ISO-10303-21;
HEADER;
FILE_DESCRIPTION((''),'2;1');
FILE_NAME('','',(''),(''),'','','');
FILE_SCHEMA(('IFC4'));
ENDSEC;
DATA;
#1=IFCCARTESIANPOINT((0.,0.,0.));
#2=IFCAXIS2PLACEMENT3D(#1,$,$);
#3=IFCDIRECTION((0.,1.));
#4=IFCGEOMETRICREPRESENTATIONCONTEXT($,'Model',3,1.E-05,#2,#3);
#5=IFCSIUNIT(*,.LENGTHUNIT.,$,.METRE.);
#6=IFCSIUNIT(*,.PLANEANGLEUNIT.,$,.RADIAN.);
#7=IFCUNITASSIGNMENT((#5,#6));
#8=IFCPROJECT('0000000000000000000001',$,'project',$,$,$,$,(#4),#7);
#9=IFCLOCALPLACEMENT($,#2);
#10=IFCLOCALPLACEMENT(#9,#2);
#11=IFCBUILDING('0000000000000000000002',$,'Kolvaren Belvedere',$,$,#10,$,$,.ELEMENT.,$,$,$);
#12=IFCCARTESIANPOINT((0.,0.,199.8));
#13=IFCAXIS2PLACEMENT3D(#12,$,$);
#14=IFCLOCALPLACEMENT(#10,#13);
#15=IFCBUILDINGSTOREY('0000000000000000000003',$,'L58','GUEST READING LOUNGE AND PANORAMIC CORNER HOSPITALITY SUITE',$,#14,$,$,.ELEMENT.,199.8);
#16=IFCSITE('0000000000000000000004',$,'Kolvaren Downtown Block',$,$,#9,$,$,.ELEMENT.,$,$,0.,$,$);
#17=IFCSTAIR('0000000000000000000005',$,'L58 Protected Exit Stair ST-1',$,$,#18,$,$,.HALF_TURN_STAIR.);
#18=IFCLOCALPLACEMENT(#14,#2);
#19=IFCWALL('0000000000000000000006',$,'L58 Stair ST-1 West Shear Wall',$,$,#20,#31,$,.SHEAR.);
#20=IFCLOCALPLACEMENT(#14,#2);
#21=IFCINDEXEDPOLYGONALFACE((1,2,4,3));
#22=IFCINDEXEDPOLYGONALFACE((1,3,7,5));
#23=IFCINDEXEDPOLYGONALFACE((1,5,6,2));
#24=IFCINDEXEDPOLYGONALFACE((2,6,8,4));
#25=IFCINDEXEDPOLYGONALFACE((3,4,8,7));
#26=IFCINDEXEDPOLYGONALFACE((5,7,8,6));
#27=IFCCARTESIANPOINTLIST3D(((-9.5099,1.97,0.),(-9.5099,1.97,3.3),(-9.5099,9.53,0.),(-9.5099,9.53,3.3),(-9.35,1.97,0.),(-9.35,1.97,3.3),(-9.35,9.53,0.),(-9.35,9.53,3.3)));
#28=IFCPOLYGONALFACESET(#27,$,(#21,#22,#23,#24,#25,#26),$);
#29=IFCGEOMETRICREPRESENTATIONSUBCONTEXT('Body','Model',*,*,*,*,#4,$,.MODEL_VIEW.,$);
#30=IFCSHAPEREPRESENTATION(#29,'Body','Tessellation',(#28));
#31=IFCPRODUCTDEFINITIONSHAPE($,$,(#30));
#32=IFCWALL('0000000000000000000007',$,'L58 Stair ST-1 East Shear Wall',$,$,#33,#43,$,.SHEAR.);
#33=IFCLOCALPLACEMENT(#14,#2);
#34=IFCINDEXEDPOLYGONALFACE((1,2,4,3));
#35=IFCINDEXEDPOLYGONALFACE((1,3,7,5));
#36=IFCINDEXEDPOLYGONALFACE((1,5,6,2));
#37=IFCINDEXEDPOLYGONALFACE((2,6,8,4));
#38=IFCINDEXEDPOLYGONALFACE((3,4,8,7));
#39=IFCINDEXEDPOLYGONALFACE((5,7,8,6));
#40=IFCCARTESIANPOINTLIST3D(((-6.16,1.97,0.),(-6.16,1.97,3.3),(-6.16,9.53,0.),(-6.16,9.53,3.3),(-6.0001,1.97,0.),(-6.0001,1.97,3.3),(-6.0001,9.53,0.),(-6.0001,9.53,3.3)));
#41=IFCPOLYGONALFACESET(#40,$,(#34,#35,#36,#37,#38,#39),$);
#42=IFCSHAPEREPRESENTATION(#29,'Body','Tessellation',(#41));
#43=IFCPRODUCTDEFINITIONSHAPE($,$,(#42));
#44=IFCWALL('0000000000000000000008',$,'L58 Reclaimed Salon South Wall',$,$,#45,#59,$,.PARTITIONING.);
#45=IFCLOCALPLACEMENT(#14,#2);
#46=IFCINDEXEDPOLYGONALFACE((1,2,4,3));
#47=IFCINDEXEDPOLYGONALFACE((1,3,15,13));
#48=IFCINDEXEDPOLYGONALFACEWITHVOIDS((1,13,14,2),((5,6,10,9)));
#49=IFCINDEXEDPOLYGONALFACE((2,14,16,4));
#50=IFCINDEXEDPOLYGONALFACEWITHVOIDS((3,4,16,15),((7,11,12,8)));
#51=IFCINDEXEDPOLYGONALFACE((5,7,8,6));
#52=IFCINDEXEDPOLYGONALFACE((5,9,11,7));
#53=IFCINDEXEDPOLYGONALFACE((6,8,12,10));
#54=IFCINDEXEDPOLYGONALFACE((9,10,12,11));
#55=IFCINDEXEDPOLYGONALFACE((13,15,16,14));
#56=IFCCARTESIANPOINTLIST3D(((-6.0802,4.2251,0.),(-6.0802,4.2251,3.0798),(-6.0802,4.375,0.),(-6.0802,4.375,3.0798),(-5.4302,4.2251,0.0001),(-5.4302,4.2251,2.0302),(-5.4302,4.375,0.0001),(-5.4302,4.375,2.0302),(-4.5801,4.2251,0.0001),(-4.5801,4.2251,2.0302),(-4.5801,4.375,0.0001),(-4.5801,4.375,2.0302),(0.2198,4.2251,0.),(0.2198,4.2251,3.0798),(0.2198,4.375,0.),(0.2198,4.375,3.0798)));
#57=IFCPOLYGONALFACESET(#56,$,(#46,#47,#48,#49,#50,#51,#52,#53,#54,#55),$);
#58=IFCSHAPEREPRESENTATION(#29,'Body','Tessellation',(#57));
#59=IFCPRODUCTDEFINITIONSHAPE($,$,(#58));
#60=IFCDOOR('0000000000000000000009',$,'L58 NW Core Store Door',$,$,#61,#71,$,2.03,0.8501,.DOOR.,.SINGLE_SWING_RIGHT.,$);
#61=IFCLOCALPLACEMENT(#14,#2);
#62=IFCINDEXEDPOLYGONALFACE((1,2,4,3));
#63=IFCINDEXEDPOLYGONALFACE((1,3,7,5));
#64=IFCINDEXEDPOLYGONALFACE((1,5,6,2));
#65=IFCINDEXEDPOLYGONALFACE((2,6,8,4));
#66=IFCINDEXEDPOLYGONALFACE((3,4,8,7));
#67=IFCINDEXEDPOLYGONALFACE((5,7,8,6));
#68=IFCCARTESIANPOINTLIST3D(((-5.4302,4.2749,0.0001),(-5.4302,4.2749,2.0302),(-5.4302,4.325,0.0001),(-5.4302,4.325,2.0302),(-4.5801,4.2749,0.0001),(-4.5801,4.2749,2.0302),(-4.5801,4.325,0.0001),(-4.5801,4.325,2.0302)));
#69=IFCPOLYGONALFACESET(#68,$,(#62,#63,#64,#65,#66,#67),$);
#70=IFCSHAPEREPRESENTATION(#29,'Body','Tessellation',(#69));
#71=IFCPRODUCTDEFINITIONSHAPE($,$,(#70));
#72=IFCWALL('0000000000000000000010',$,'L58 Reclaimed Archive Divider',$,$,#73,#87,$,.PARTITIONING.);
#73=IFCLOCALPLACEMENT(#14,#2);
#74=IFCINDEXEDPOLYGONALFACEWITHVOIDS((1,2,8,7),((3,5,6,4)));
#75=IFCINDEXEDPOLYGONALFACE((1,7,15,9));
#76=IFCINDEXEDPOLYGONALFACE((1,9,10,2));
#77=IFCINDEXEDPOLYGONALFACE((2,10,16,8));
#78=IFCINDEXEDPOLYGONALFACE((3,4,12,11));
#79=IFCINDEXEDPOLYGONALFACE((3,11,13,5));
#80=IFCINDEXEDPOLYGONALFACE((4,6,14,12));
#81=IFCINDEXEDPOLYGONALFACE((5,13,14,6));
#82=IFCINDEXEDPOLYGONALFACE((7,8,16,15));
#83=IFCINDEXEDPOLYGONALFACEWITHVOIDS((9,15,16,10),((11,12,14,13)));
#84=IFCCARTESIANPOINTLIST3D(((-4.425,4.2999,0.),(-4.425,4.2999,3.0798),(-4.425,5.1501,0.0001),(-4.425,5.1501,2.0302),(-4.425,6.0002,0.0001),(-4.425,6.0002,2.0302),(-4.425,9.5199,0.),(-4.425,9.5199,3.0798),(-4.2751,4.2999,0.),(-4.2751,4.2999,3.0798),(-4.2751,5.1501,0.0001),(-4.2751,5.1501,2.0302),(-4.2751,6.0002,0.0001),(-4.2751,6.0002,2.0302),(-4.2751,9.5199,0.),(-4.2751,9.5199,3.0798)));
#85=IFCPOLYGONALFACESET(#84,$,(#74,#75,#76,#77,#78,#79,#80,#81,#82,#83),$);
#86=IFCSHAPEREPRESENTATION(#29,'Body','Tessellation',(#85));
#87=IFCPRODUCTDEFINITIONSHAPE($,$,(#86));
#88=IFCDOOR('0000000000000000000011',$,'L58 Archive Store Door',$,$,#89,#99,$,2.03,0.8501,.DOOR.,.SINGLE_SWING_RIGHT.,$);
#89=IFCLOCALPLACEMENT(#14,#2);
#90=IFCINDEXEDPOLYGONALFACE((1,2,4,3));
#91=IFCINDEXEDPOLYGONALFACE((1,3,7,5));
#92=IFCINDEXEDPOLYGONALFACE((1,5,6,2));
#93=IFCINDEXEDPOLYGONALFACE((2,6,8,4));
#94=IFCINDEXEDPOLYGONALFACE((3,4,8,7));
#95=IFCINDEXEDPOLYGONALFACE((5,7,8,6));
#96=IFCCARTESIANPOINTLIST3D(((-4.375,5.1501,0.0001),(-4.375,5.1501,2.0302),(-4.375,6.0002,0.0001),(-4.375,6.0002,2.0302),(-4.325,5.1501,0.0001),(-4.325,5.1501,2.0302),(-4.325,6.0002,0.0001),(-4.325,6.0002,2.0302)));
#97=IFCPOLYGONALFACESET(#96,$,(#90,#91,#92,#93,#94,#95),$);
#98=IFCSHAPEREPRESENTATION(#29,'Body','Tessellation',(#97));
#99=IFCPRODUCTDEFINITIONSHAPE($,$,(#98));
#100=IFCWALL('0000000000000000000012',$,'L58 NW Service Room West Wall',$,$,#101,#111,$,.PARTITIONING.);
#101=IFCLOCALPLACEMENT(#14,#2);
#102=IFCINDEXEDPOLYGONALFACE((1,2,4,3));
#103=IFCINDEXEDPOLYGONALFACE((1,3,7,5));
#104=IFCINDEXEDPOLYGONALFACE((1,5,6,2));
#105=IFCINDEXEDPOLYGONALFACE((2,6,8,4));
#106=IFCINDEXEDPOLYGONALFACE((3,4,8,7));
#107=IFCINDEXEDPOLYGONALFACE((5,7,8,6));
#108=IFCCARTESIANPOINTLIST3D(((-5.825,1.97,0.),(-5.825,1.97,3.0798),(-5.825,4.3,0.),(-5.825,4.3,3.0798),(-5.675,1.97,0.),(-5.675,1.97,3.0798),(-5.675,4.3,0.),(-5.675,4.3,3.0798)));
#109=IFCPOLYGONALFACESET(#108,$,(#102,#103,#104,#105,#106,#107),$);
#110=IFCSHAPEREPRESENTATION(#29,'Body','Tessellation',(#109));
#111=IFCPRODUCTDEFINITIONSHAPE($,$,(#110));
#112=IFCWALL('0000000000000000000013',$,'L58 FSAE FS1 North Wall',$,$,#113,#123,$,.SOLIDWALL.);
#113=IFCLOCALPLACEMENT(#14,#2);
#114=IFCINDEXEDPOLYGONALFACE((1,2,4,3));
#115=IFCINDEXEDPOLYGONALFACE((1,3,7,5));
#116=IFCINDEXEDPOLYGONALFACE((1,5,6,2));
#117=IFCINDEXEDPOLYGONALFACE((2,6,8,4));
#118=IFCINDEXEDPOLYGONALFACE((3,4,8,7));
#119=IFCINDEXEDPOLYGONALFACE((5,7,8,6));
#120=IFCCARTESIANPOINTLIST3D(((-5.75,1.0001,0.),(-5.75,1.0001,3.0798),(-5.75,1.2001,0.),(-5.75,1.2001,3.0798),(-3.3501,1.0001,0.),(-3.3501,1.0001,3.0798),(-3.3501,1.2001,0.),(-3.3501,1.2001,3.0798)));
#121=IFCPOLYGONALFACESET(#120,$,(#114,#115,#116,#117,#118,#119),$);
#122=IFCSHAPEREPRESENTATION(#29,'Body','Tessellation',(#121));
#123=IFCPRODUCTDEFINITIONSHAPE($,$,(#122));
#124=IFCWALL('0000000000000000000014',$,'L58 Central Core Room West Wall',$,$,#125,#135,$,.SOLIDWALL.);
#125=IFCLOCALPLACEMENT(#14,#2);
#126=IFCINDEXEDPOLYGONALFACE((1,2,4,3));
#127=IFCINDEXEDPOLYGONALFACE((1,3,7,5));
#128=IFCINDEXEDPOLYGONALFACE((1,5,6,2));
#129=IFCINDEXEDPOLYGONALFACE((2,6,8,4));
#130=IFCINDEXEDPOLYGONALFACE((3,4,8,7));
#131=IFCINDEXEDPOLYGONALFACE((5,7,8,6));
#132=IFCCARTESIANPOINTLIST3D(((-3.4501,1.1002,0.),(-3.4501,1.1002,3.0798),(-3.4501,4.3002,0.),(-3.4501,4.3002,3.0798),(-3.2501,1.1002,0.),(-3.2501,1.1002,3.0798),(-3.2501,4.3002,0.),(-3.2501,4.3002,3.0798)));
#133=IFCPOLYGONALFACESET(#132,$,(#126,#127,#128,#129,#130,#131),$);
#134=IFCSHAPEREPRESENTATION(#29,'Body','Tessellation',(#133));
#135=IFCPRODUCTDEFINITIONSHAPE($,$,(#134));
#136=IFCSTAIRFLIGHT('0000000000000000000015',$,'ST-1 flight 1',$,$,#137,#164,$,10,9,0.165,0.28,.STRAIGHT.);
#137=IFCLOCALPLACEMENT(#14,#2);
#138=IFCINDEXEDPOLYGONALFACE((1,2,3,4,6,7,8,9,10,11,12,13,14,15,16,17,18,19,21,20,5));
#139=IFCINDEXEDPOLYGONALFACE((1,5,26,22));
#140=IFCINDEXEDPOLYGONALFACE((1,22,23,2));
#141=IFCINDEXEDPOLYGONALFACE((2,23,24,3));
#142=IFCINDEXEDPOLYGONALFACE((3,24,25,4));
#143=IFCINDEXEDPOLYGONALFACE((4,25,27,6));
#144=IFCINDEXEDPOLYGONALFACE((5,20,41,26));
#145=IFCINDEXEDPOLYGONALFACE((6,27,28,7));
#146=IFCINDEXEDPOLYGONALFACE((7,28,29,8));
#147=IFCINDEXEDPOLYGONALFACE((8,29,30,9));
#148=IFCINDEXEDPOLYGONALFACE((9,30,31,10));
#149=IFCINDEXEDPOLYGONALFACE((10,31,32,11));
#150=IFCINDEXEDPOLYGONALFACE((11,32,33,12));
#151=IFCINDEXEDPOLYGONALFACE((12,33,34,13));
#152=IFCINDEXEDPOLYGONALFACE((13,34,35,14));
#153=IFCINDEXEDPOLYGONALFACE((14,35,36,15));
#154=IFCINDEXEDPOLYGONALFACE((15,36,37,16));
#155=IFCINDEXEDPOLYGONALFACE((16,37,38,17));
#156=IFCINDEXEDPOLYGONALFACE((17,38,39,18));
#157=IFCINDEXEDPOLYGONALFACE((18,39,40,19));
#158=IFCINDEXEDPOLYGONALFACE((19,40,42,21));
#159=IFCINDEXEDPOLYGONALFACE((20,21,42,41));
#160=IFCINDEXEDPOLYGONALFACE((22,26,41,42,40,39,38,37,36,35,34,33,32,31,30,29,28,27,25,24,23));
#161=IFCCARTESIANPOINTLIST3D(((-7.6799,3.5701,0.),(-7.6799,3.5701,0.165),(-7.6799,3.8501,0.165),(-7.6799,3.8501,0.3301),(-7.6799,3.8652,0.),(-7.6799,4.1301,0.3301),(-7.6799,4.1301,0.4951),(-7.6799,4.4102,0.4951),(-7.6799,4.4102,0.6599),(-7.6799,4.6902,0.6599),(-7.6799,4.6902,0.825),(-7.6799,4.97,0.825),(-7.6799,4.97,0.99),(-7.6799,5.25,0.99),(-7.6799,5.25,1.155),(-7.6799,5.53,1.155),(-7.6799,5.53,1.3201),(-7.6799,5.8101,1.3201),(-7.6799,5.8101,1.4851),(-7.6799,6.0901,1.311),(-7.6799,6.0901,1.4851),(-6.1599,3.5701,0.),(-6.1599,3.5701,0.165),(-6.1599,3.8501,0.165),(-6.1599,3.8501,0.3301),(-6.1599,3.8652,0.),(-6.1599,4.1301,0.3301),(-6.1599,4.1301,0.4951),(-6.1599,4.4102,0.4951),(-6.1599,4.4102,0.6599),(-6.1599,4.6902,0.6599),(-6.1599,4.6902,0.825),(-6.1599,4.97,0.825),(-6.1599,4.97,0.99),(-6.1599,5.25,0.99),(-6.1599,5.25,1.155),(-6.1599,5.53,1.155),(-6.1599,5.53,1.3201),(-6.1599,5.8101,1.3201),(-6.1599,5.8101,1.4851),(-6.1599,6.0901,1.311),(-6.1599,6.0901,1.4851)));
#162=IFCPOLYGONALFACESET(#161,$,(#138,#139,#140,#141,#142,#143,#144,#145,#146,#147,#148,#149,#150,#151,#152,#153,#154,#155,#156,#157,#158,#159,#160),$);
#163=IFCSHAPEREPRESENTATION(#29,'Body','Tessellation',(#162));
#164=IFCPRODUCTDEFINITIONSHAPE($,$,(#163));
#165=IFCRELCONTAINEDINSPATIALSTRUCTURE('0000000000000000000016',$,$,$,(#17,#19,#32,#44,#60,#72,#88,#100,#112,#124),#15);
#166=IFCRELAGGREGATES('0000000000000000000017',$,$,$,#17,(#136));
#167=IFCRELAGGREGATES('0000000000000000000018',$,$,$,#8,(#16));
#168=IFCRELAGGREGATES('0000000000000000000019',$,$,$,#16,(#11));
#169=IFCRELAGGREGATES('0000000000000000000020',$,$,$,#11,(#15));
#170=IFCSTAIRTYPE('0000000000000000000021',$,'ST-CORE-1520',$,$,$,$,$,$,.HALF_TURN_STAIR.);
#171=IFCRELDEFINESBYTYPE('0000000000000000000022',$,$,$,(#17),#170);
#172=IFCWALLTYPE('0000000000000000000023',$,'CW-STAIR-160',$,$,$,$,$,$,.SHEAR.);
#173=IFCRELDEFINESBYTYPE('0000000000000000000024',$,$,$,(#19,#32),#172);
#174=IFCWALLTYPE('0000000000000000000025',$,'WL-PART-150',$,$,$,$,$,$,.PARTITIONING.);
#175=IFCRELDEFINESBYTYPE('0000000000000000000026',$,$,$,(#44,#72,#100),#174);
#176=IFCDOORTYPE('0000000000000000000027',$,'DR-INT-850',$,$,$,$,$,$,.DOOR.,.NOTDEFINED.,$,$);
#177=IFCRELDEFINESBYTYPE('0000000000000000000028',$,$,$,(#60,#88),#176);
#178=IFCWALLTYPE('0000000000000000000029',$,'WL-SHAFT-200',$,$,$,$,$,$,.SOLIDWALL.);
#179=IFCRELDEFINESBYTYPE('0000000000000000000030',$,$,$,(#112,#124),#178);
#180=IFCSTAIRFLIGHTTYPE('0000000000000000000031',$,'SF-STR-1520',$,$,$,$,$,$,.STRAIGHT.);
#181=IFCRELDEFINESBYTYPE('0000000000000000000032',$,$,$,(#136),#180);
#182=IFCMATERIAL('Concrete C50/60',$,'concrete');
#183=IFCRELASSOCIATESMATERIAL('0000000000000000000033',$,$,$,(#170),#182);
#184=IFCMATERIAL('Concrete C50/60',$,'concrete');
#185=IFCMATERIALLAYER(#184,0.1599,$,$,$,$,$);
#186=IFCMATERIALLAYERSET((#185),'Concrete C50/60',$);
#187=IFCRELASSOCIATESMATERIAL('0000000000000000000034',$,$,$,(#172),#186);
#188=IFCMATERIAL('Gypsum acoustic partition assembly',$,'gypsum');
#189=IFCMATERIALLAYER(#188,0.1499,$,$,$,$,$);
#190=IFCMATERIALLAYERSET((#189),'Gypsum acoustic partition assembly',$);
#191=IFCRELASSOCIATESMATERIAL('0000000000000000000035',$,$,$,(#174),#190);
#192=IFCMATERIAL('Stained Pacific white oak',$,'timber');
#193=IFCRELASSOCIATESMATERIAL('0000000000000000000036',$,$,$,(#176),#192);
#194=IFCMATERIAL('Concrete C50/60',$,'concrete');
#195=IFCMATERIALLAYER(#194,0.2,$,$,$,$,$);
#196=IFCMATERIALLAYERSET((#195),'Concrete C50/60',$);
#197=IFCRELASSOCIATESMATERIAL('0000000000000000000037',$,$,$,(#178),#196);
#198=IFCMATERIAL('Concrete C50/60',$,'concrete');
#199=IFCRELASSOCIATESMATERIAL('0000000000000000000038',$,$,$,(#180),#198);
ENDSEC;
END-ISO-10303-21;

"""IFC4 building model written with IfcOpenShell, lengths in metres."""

from ifc_helpers import new_model, si_unit, direction, frame, frame_2d, origin, place, context, subcontext, project, spatial, polyline, rectangle, outline, extrude, material, layer, layer_set, type_object, element, fill, aggregate, save


model = new_model("IFC4")

# Units and contexts
model_context = context("Model", 3, precision=1e-05, world=origin(), true_north=direction((0.0, 1.0)))
body_context = subcontext(model_context, "Body", "Model", "MODEL_VIEW")
ifc_project = project(units=[si_unit("LENGTHUNIT", "METRE"), si_unit("PLANEANGLEUNIT", "RADIAN")], contexts=[model_context])

# Site, building, storey
site_placement = place(None, origin())
site = spatial("IfcSite", under=ifc_project, at=site_placement, Name="Kolvaren Downtown Block", CompositionType="ELEMENT", RefElevation=0.0)
building_placement = place(site_placement, origin())
building = spatial("IfcBuilding", under=site, at=building_placement, Name="Kolvaren Belvedere", CompositionType="ELEMENT")
storey_placement = place(building_placement, frame((0.0, 0.0, 199.8)))
storey = spatial("IfcBuildingStorey", under=building, at=storey_placement, Name="L58", Description="GUEST READING LOUNGE AND PANORAMIC CORNER HOSPITALITY SUITE", CompositionType="ELEMENT", Elevation=199.8)

# Stair
ifc_material_1 = material(Name="Concrete C50/60", Category="concrete")
stair_type = type_object("IfcStairType", Name="ST-CORE-1520", PredefinedType="HALF_TURN_STAIR", material=ifc_material_1)
stair_1_placement = place(storey_placement, origin())
stair_1 = element("IfcStair", 1, at=stair_1_placement, inside=storey, type_object=stair_type, Name="L58 Protected Exit Stair ST-1", PredefinedType="HALF_TURN_STAIR")

# Shared definitions
ifc_material_2 = material(Name="Concrete C50/60", Category="concrete")
ifc_layer_1 = layer(ifc_material_2, 0.1599)
ifc_layer_set_1 = layer_set([ifc_layer_1], Name="Concrete C50/60")
wall_type_1 = type_object("IfcWallType", Name="CW-STAIR-160", PredefinedType="SHEAR", material=ifc_layer_set_1)

# Walls
for number, where, z_axis, x_axis, name in (
    (2, (-9.4299, 1.97, 0.0), (0.0, 0.0, 1.0), (0.0, 1.0, 0.0), "L58 Stair ST-1 West Shear Wall"),
    (3, (-6.0801, 1.97, 0.0), (0.0, 0.0, 1.0), (0.0, 1.0, 0.0), "L58 Stair ST-1 East Shear Wall"),
):
    element("IfcWall", number, at=place(storey_placement, frame(where, z_axis=z_axis, x_axis=x_axis)), inside=storey, type_object=wall_type_1, Name=name, PredefinedType="SHEAR", context=body_context, shape_type="SweptSolid", body=[
        extrude(rectangle(XDim=7.5601, YDim=0.1599, at=frame_2d((3.78, 0.0))), origin(), (0.0, 0.0, 1.0), 3.3),
    ])

# Walls, openings, doors
ifc_material_3 = material(Name="Gypsum acoustic partition assembly", Category="gypsum")
ifc_layer_2 = layer(ifc_material_3, 0.1499)
ifc_layer_set_2 = layer_set([ifc_layer_2], Name="Gypsum acoustic partition assembly")
wall_type_2 = type_object("IfcWallType", Name="WL-PART-150", PredefinedType="PARTITIONING", material=ifc_layer_set_2)
wall_1_placement = place(storey_placement, frame((-6.0801, 4.3, 0.0), z_axis=(0.0, 0.0, 1.0), x_axis=(1.0, 0.0, 0.0)))
wall_1 = element("IfcWall", 4, at=wall_1_placement, inside=storey, type_object=wall_type_2, Name="L58 Reclaimed Salon South Wall", PredefinedType="PARTITIONING", context=body_context, shape_type="SweptSolid", body=[
    extrude(rectangle(XDim=6.3, YDim=0.1499, at=frame_2d((3.1499, 0.0))), origin(), (0.0, 0.0, 1.0), 3.0798),
])
opening_1_placement = place(wall_1_placement, frame((0.6499, 0.0, 0.0)))
opening_1 = element("IfcOpeningElement", 5, at=opening_1_placement, cuts=wall_1, PredefinedType="OPENING", context=body_context, shape_type="SweptSolid", body=[
    extrude(rectangle(XDim=0.8501, YDim=2.03, at=frame_2d((0.425, 1.0151))), frame((0.0, 0.085, 0.0), z_axis=(0.0, -1.0, 0.0), x_axis=(1.0, 0.0, 0.0)), (0.0, 0.0, 1.0), 0.1699),
])
ifc_material_4 = material(Name="Stained Pacific white oak", Category="timber")
door_type_1 = type_object("IfcDoorType", Name="DR-INT-850", OperationType="NOTDEFINED", PredefinedType="DOOR", material=ifc_material_4)
door_1_placement = place(opening_1_placement, origin())
door_1 = element("IfcDoor", 6, at=door_1_placement, inside=storey, type_object=door_type_1, Name="L58 NW Core Store Door", OperationType="SINGLE_SWING_RIGHT", OverallHeight=2.03, OverallWidth=0.8501, PredefinedType="DOOR", context=body_context, shape_type="SweptSolid", body=[
    extrude(rectangle(XDim=0.8501, YDim=2.03, at=frame_2d((0.425, 1.0151))), frame((0.0, 0.0249, 0.0), z_axis=(0.0, -1.0, 0.0), x_axis=(1.0, 0.0, 0.0)), (0.0, 0.0, 1.0), 0.05),
])
fill(opening_1, door_1)
wall_2_placement = place(storey_placement, frame((-4.3501, 4.3, 0.0), z_axis=(0.0, 0.0, 1.0), x_axis=(0.0, 1.0, 0.0)))
wall_2 = element("IfcWall", 7, at=wall_2_placement, inside=storey, type_object=wall_type_2, Name="L58 Reclaimed Archive Divider", PredefinedType="PARTITIONING", context=body_context, shape_type="SweptSolid", body=[
    extrude(rectangle(XDim=5.22, YDim=0.1499, at=frame_2d((2.6099, 0.0))), origin(), (0.0, 0.0, 1.0), 3.0798),
])
opening_2_placement = place(wall_2_placement, frame((0.8501, 0.0, 0.0)))
opening_2 = element("IfcOpeningElement", 8, at=opening_2_placement, cuts=wall_2, PredefinedType="OPENING", context=body_context, shape_type="SweptSolid", body=[
    extrude(rectangle(XDim=0.8501, YDim=2.03, at=frame_2d((0.425, 1.0151))), frame((0.0, 0.085, 0.0), z_axis=(0.0, -1.0, 0.0), x_axis=(1.0, 0.0, 0.0)), (0.0, 0.0, 1.0), 0.1699),
])
door_2_placement = place(opening_2_placement, origin())
door_2 = element("IfcDoor", 9, at=door_2_placement, inside=storey, type_object=door_type_1, Name="L58 Archive Store Door", OperationType="SINGLE_SWING_RIGHT", OverallHeight=2.03, OverallWidth=0.8501, PredefinedType="DOOR", context=body_context, shape_type="SweptSolid", body=[
    extrude(rectangle(XDim=0.8501, YDim=2.03, at=frame_2d((0.425, 1.0151))), frame((0.0, 0.0249, 0.0), z_axis=(0.0, -1.0, 0.0), x_axis=(1.0, 0.0, 0.0)), (0.0, 0.0, 1.0), 0.05),
])
fill(opening_2, door_2)

# Walls
wall_3_placement = place(storey_placement, frame((-5.75, 1.97, 0.0), z_axis=(0.0, 0.0, 1.0), x_axis=(0.0, 1.0, 0.0)))
element("IfcWall", 10, at=wall_3_placement, inside=storey, type_object=wall_type_2, Name="L58 NW Service Room West Wall", PredefinedType="PARTITIONING", context=body_context, shape_type="SweptSolid", body=[
    extrude(rectangle(XDim=2.3301, YDim=0.1499, at=frame_2d((1.165, 0.0))), origin(), (0.0, 0.0, 1.0), 3.0798),
])
ifc_material_5 = material(Name="Concrete C50/60", Category="concrete")
ifc_layer_3 = layer(ifc_material_5, 0.2)
ifc_layer_set_3 = layer_set([ifc_layer_3], Name="Concrete C50/60")
wall_type_3 = type_object("IfcWallType", Name="WL-SHAFT-200", PredefinedType="SOLIDWALL", material=ifc_layer_set_3)
wall_4_placement = place(storey_placement, frame((-5.75, 1.1001, 0.0), z_axis=(0.0, 0.0, 1.0), x_axis=(1.0, 0.0, 0.0)))
element("IfcWall", 11, at=wall_4_placement, inside=storey, type_object=wall_type_3, Name="L58 FSAE FS1 North Wall", PredefinedType="SOLIDWALL", context=body_context, shape_type="SweptSolid", body=[
    extrude(rectangle(XDim=2.3999, YDim=0.2, at=frame_2d((1.2, 0.0))), origin(), (0.0, 0.0, 1.0), 3.0798),
])
wall_5_placement = place(storey_placement, frame((-3.3501, 1.1001, 0.0), z_axis=(0.0, 0.0, 1.0), x_axis=(0.0, 1.0, 0.0)))
element("IfcWall", 12, at=wall_5_placement, inside=storey, type_object=wall_type_3, Name="L58 Central Core Room West Wall", PredefinedType="SOLIDWALL", context=body_context, shape_type="SweptSolid", body=[
    extrude(rectangle(XDim=3.2, YDim=0.2, at=frame_2d((1.6001, 0.0))), origin(), (0.0, 0.0, 1.0), 3.0798),
])

# Stair flight
ifc_material_6 = material(Name="Concrete C50/60", Category="concrete")
stair_flight_type = type_object("IfcStairFlightType", Name="SF-STR-1520", PredefinedType="STRAIGHT", material=ifc_material_6)
stair_flight_1_placement = place(storey_placement, frame((-6.9199, 3.5701, 0.0), z_axis=(0.0, 0.0, 1.0), x_axis=(0.0, 1.0, 0.0)))
stair_flight_1 = element("IfcStairFlight", 13, at=stair_flight_1_placement, type_object=stair_flight_type, Name="ST-1 flight 1", NumberOfRisers=10, NumberOfTreads=9, PredefinedType="STRAIGHT", RiserHeight=0.165, TreadLength=0.28, context=body_context, shape_type="SweptSolid", body=[
    extrude(outline(polyline([(0.0, 0.0), (0.0, 0.165), (0.28, 0.165), (0.28, 0.3301), (0.5601, 0.3301), (0.5601, 0.4951), (0.8401, 0.4951), (0.8401, 0.6599), (1.1201, 0.6599), (1.1201, 0.825), (1.3999, 0.825), (1.3999, 0.99), (1.6799, 0.99), (1.6799, 1.155), (1.96, 1.155), (1.96, 1.3201), (2.24, 1.3201), (2.24, 1.4851), (2.52, 1.4851), (2.52, 1.6499), (2.52, 1.311), (0.2952, 0.0), (0.0, 0.0)])), frame((0.0, 0.76, 0.0), z_axis=(0.0, -1.0, 0.0), x_axis=(1.0, 0.0, 0.0)), (0.0, 0.0, 1.0), 1.52),
])
aggregate(stair_1, [stair_flight_1])

save(model, "model.ifc")
